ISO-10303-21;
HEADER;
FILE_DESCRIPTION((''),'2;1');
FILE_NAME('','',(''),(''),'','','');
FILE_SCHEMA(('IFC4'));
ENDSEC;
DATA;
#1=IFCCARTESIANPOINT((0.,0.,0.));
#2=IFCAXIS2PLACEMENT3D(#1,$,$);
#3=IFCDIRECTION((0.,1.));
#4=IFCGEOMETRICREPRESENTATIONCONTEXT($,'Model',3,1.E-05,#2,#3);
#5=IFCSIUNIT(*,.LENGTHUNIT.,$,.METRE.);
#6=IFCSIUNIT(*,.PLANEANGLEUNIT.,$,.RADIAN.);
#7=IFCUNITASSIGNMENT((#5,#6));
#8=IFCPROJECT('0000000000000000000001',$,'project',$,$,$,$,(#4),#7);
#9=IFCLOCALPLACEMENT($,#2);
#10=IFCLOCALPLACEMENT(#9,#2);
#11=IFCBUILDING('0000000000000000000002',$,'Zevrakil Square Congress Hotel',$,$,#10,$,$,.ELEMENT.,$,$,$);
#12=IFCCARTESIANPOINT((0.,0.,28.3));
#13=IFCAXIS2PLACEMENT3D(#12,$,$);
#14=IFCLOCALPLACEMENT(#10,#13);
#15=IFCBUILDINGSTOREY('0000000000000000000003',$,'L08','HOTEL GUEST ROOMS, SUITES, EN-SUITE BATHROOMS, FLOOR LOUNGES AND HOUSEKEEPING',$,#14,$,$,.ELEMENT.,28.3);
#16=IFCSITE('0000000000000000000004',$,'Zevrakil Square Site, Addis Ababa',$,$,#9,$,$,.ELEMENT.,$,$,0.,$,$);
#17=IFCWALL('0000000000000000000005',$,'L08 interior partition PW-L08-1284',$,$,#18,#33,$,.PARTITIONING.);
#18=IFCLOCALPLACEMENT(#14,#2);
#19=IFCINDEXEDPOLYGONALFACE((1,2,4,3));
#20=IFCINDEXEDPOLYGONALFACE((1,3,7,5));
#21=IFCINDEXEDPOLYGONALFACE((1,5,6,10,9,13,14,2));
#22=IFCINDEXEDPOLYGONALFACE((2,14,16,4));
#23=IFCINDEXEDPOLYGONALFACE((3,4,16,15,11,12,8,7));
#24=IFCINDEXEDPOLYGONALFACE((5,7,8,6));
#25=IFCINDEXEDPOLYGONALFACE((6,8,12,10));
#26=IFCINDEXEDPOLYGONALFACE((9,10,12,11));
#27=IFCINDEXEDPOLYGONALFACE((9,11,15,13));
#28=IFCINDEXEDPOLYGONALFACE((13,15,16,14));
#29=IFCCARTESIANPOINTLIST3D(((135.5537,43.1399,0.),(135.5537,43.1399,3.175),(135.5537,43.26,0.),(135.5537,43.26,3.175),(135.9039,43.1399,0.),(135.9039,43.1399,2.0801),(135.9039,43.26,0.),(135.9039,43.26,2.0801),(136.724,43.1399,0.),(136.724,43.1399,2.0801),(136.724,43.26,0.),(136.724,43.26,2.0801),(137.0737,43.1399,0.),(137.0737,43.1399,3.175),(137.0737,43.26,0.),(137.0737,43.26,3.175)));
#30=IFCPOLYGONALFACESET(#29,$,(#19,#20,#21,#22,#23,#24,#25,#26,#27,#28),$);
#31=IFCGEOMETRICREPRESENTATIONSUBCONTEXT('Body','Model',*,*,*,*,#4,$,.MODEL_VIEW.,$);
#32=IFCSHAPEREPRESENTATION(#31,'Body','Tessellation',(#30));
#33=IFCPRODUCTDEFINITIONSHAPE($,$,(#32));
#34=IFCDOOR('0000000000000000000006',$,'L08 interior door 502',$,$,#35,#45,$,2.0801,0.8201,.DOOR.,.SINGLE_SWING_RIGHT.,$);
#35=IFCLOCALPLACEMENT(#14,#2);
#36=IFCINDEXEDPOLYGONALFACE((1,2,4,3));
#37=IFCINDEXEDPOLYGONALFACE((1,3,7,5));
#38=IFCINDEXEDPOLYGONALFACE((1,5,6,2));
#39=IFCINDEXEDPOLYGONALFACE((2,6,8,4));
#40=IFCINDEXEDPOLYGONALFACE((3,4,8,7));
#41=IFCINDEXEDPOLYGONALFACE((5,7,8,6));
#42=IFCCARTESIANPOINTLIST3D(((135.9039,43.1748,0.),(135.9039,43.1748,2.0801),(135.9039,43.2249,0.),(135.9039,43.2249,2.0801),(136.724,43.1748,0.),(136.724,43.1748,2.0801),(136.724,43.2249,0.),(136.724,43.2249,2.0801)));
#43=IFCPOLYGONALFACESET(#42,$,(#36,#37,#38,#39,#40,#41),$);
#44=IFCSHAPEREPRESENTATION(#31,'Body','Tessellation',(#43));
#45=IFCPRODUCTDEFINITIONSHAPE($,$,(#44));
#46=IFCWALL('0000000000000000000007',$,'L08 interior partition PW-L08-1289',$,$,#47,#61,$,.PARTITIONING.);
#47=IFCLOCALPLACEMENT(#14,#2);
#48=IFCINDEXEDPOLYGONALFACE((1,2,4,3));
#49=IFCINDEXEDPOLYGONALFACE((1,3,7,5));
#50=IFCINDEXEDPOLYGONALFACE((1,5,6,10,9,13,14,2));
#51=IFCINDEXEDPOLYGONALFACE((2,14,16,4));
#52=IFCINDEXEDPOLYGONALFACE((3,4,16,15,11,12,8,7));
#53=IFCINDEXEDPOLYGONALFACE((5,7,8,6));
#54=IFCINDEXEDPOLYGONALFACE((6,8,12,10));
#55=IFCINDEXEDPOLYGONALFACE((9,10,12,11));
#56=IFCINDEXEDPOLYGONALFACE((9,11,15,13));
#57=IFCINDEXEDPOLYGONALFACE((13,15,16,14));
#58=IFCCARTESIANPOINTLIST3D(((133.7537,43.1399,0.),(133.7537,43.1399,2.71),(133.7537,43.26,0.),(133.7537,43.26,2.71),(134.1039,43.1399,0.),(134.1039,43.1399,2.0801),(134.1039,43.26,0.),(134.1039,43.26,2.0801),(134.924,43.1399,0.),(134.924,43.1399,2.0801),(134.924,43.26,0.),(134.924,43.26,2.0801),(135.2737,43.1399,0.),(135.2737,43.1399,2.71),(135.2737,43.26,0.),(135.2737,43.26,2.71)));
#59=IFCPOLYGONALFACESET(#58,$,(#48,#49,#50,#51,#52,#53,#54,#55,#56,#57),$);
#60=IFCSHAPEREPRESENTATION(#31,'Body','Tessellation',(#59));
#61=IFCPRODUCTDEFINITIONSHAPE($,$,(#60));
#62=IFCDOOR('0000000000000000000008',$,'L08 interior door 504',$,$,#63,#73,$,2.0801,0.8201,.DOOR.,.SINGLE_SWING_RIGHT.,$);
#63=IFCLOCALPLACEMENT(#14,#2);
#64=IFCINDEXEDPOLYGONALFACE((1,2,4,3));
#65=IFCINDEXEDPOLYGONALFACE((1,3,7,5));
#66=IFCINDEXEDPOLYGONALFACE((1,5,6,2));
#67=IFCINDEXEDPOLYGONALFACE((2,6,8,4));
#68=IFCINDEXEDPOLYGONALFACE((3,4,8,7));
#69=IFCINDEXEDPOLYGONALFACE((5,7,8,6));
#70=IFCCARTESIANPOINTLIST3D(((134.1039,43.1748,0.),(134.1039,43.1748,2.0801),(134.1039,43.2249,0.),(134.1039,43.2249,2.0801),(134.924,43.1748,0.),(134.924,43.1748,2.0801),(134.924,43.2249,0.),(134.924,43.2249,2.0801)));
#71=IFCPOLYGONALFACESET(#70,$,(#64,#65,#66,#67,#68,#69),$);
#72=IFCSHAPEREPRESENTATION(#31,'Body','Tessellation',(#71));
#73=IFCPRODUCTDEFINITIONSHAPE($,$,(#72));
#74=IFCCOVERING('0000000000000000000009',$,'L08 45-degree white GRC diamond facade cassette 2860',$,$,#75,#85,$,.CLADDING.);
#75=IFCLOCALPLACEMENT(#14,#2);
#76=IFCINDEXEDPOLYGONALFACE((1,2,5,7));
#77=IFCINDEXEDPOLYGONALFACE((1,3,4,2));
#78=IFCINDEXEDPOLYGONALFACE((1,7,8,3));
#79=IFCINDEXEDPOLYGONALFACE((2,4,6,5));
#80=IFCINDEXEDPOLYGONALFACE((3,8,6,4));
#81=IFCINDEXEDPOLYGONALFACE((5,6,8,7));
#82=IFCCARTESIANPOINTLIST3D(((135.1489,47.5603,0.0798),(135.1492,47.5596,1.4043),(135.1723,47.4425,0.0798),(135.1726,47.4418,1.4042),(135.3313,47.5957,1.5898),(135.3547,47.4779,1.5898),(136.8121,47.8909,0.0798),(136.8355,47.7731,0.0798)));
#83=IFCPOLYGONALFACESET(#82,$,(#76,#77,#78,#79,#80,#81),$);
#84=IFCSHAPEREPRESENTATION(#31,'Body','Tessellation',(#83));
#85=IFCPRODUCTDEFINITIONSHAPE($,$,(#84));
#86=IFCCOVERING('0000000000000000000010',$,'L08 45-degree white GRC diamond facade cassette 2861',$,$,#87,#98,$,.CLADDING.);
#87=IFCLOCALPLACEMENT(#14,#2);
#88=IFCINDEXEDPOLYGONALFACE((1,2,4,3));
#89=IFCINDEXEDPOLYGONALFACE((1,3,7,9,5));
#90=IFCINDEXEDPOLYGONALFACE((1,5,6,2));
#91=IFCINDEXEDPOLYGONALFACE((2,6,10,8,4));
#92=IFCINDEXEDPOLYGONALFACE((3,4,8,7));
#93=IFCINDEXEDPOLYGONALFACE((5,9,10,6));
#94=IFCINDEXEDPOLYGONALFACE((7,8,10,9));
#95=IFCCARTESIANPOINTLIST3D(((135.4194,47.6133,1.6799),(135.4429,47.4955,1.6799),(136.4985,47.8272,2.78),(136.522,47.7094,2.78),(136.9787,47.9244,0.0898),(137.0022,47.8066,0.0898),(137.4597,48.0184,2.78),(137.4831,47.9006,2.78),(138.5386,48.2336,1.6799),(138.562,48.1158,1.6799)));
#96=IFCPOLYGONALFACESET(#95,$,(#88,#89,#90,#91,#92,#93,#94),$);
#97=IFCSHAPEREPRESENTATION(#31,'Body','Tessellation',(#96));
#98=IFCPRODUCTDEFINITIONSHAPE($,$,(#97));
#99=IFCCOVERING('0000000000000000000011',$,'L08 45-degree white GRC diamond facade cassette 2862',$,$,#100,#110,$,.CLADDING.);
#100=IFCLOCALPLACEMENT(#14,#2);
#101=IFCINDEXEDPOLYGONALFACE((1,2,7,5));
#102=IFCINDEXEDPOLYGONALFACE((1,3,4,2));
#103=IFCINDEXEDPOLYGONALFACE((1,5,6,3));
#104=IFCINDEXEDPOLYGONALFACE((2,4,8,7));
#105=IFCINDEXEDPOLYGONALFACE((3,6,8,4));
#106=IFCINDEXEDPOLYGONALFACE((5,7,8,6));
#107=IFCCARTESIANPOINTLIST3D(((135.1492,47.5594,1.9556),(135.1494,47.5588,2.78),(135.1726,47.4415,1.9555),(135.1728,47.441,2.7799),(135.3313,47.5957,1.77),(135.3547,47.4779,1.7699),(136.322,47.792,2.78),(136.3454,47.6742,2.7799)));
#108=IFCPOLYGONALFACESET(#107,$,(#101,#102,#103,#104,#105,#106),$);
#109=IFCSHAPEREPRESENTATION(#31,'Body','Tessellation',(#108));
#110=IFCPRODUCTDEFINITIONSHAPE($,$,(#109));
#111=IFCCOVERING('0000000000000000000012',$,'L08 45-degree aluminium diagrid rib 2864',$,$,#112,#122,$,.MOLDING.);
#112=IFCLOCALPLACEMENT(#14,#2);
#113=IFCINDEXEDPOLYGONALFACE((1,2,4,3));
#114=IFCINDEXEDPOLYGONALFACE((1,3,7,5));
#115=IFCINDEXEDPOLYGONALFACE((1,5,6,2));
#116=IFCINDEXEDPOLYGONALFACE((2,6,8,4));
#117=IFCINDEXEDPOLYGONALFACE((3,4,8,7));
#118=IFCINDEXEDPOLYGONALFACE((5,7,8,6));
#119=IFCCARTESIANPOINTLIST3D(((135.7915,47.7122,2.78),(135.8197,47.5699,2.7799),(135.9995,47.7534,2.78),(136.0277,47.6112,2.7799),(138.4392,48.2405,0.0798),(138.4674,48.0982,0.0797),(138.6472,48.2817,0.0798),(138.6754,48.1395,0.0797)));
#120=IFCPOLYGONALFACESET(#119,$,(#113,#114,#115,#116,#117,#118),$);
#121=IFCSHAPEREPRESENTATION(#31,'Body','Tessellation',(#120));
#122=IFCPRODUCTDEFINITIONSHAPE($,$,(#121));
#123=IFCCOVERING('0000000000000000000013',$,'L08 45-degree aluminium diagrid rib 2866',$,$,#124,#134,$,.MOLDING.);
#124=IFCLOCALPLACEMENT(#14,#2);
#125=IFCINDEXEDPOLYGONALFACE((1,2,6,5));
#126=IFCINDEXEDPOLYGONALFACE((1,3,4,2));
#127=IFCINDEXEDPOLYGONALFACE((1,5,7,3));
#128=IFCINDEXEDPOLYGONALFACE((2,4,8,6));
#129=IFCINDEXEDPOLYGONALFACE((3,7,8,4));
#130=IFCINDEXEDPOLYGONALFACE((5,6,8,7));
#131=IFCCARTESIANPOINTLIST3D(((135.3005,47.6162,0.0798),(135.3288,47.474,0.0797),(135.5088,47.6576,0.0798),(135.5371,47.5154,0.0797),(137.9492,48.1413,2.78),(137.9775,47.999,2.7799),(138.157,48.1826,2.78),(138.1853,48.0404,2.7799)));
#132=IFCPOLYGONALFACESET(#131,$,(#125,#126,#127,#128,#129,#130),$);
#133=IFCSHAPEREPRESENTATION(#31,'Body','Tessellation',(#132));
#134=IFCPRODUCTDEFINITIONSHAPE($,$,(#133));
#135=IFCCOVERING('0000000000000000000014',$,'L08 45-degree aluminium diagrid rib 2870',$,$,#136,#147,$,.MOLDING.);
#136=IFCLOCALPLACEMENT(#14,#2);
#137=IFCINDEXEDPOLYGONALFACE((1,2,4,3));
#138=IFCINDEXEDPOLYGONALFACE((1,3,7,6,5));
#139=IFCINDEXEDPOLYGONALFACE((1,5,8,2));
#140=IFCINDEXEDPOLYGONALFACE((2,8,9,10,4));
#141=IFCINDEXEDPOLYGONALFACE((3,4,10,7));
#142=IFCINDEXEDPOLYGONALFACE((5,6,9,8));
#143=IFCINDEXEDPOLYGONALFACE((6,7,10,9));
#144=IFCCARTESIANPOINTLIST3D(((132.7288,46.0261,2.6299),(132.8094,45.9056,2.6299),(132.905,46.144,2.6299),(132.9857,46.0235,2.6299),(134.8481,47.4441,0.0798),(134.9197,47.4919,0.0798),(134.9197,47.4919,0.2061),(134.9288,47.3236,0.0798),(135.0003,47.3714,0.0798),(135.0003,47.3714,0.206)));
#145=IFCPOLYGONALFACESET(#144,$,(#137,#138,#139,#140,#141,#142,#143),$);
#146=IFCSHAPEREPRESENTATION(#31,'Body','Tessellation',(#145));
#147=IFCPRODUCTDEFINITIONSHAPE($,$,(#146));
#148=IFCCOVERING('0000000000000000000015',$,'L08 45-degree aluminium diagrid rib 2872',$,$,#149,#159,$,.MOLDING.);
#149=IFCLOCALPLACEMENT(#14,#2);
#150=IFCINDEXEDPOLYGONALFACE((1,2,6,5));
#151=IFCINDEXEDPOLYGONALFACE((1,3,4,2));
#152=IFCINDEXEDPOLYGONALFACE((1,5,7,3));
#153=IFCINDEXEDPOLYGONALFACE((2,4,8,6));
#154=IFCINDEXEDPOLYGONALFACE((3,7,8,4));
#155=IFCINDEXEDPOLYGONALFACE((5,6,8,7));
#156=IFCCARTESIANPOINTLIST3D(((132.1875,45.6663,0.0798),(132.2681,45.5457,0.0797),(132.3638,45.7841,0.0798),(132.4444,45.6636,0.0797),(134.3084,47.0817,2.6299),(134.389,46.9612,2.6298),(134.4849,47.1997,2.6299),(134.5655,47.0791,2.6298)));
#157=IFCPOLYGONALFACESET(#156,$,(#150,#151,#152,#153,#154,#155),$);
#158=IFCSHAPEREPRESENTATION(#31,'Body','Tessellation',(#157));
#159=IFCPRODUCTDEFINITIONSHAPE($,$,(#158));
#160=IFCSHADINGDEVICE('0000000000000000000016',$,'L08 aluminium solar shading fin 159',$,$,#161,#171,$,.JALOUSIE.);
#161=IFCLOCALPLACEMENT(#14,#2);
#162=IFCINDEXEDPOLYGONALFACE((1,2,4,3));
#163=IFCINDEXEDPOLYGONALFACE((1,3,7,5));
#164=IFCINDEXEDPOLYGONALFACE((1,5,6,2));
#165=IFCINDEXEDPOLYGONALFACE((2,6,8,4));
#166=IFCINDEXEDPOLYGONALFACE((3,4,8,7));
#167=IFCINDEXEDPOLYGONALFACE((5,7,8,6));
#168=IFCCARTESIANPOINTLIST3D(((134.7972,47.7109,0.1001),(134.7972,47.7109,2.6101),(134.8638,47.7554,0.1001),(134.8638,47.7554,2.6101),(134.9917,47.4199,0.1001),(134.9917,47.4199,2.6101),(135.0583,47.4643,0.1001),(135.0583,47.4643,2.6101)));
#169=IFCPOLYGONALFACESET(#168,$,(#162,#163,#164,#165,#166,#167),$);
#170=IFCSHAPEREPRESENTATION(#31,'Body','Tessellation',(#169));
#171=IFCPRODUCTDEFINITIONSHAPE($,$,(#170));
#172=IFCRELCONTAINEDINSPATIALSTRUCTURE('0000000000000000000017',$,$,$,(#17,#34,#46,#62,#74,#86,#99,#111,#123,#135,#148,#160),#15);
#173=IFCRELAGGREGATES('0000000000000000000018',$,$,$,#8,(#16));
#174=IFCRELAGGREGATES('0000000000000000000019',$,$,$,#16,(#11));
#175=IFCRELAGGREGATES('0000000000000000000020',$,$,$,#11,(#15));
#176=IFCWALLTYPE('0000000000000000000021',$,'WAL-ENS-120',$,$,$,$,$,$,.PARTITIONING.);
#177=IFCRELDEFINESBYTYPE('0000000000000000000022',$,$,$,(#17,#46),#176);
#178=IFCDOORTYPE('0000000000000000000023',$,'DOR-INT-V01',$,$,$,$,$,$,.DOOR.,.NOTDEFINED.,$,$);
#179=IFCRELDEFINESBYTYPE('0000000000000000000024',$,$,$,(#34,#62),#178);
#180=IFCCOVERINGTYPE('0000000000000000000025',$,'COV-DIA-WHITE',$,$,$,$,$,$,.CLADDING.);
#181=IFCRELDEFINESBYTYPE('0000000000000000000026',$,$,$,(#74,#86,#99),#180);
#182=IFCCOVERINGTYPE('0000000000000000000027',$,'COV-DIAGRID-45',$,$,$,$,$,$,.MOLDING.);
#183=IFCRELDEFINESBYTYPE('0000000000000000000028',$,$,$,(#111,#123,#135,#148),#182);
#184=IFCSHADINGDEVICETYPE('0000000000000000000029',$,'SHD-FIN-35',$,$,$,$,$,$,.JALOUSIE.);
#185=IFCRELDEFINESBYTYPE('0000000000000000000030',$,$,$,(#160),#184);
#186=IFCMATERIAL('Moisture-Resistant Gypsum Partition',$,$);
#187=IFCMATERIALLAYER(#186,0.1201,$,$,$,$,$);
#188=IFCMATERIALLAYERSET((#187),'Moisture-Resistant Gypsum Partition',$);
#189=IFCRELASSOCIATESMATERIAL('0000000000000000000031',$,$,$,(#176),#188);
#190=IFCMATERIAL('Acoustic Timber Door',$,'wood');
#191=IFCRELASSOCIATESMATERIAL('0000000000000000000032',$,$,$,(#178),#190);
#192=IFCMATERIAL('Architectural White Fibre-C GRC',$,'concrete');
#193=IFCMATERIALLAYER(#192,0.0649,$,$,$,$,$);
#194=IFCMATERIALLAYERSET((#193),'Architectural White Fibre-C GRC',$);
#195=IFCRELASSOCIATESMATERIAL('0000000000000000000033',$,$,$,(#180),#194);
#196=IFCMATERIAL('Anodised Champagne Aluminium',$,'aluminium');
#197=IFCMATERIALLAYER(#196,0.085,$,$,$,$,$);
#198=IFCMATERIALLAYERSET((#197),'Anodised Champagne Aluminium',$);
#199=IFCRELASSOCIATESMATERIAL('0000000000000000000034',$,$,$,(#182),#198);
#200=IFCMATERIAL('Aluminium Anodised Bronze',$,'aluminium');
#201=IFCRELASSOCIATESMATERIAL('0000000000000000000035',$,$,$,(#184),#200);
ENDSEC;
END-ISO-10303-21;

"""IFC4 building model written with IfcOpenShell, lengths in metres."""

from ifc_helpers import new_model, si_unit, direction, frame, frame_2d, origin, origin_2d, place, context, subcontext, project, spatial, polyline, rectangle, outline, extrude, material, layer, layer_set, type_object, element, fill, save


model = new_model("IFC4")

# Units and contexts
model_context = context("Model", 3, precision=1e-05, world=origin(), true_north=direction((0.0, 1.0)))
body_context = subcontext(model_context, "Body", "Model", "MODEL_VIEW")
ifc_project = project(units=[si_unit("LENGTHUNIT", "METRE"), si_unit("PLANEANGLEUNIT", "RADIAN")], contexts=[model_context])

# Site, building, storey
site_placement = place(None, origin())
site = spatial("IfcSite", under=ifc_project, at=site_placement, Name="Zevrakil Square Site, Addis Ababa", CompositionType="ELEMENT", RefElevation=0.0)
building_placement = place(site_placement, origin())
building = spatial("IfcBuilding", under=site, at=building_placement, Name="Zevrakil Square Congress Hotel", CompositionType="ELEMENT")
storey_placement = place(building_placement, frame((0.0, 0.0, 28.3)))
storey = spatial("IfcBuildingStorey", under=building, at=storey_placement, Name="L08", Description="HOTEL GUEST ROOMS, SUITES, EN-SUITE BATHROOMS, FLOOR LOUNGES AND HOUSEKEEPING", CompositionType="ELEMENT", Elevation=28.3)

# Walls, openings, doors
ifc_material_1 = material(Name="Moisture-Resistant Gypsum Partition")
ifc_layer_1 = layer(ifc_material_1, 0.1201)
ifc_layer_set_1 = layer_set([ifc_layer_1], Name="Moisture-Resistant Gypsum Partition")
wall_type = type_object("IfcWallType", Name="WAL-ENS-120", PredefinedType="PARTITIONING", material=ifc_layer_set_1)
ifc_material_2 = material(Name="Acoustic Timber Door", Category="wood")
door_type = type_object("IfcDoorType", Name="DOR-INT-V01", OperationType="NOTDEFINED", PredefinedType="DOOR", material=ifc_material_2)
wall_1_placement = place(storey_placement, frame((135.5537, 43.2, 0.0), z_axis=(0.0, 0.0, 1.0), x_axis=(1.0, 0.0, 0.0)))
wall_1 = element("IfcWall", 1, at=wall_1_placement, inside=storey, type_object=wall_type, Name="L08 interior partition PW-L08-1284", PredefinedType="PARTITIONING", context=body_context, shape_type="SweptSolid", body=[
    extrude(rectangle(XDim=1.52, YDim=0.1201, at=frame_2d((0.76, 0.0))), origin(), (0.0, 0.0, 1.0), 3.175),
])
opening_1_placement = place(wall_1_placement, frame((0.3501, 0.0, 0.0)))
opening_1 = element("IfcOpeningElement", 2, at=opening_1_placement, cuts=wall_1, PredefinedType="OPENING", context=body_context, shape_type="SweptSolid", body=[
    extrude(rectangle(XDim=0.8201, YDim=2.0801, at=frame_2d((0.4102, 1.04))), frame((0.0, 0.0701, 0.0), z_axis=(0.0, -1.0, 0.0), x_axis=(1.0, 0.0, 0.0)), (0.0, 0.0, 1.0), 0.1401),
])
door_1_placement = place(opening_1_placement, origin())
door_1 = element("IfcDoor", 3, at=door_1_placement, inside=storey, type_object=door_type, Name="L08 interior door 502", OperationType="SINGLE_SWING_RIGHT", OverallHeight=2.0801, OverallWidth=0.8201, PredefinedType="DOOR", context=body_context, shape_type="SweptSolid", body=[
    extrude(rectangle(XDim=0.8201, YDim=2.0801, at=frame_2d((0.4102, 1.04))), frame((0.0, 0.0249, 0.0), z_axis=(0.0, -1.0, 0.0), x_axis=(1.0, 0.0, 0.0)), (0.0, 0.0, 1.0), 0.05),
])
fill(opening_1, door_1)
wall_2_placement = place(storey_placement, frame((133.7537, 43.2, 0.0), z_axis=(0.0, 0.0, 1.0), x_axis=(1.0, 0.0, 0.0)))
wall_2 = element("IfcWall", 4, at=wall_2_placement, inside=storey, type_object=wall_type, Name="L08 interior partition PW-L08-1289", PredefinedType="PARTITIONING", context=body_context, shape_type="SweptSolid", body=[
    extrude(rectangle(XDim=1.52, YDim=0.1201, at=frame_2d((0.76, 0.0))), origin(), (0.0, 0.0, 1.0), 2.71),
])
opening_2_placement = place(wall_2_placement, frame((0.3501, 0.0, 0.0)))
opening_2 = element("IfcOpeningElement", 5, at=opening_2_placement, cuts=wall_2, PredefinedType="OPENING", context=body_context, shape_type="SweptSolid", body=[
    extrude(rectangle(XDim=0.8201, YDim=2.0801, at=frame_2d((0.4102, 1.04))), frame((0.0, 0.0701, 0.0), z_axis=(0.0, -1.0, 0.0), x_axis=(1.0, 0.0, 0.0)), (0.0, 0.0, 1.0), 0.1401),
])
door_2_placement = place(opening_2_placement, origin())
door_2 = element("IfcDoor", 6, at=door_2_placement, inside=storey, type_object=door_type, Name="L08 interior door 504", OperationType="SINGLE_SWING_RIGHT", OverallHeight=2.0801, OverallWidth=0.8201, PredefinedType="DOOR", context=body_context, shape_type="SweptSolid", body=[
    extrude(rectangle(XDim=0.8201, YDim=2.0801, at=frame_2d((0.4102, 1.04))), frame((0.0, 0.0249, 0.0), z_axis=(0.0, -1.0, 0.0), x_axis=(1.0, 0.0, 0.0)), (0.0, 0.0, 1.0), 0.05),
])
fill(opening_2, door_2)

# Coverings
ifc_material_3 = material(Name="Architectural White Fibre-C GRC", Category="concrete")
ifc_layer_2 = layer(ifc_material_3, 0.0649)
ifc_layer_set_2 = layer_set([ifc_layer_2], Name="Architectural White Fibre-C GRC")
covering_type_1 = type_object("IfcCoveringType", Name="COV-DIA-WHITE", PredefinedType="CLADDING", material=ifc_layer_set_2)
covering_1_placement = place(storey_placement, frame((135.3313, 47.5957, 1.5898), z_axis=(-0.194972, 0.980809, 0.000554), x_axis=(-0.69377, -0.137513, -0.706947)))
element("IfcCovering", 7, at=covering_1_placement, inside=storey, type_object=covering_type_1, Name="L08 45-degree white GRC diamond facade cassette 2860", PredefinedType="CLADDING", context=body_context, shape_type="SweptSolid", body=[
    extrude(outline(polyline([(0.0, 0.0), (0.2625, 0.0), (1.1989, -0.9366), (-0.0004, -2.1354), (0.0, 0.0)])), origin(), (0.0, 0.0, -1.0), 0.1201),
])
covering_2_placement = place(storey_placement, frame((135.4194, 47.6133, 1.6799), z_axis=(-0.195067, 0.98079, 0.000613), x_axis=(0.693429, 0.138356, -0.707116)))
element("IfcCovering", 8, at=covering_2_placement, inside=storey, type_object=covering_type_1, Name="L08 45-degree white GRC diamond facade cassette 2861", PredefinedType="CLADDING", context=body_context, shape_type="SweptSolid", body=[
    extrude(outline(polyline([(0.0, 0.0), (2.2487, 0.0), (2.2487, -2.2488), (0.6929, -2.2487), (0.0, -1.5558), (0.0, 0.0)])), origin(), (0.0, 0.0, -1.0), 0.1201),
])
covering_3_placement = place(storey_placement, frame((135.3313, 47.5957, 1.77), z_axis=(-0.195041, 0.980795, 0.000675), x_axis=(0.69361, 0.137445, 0.707117)))
element("IfcCovering", 9, at=covering_3_placement, inside=storey, type_object=covering_type_1, Name="L08 45-degree white GRC diamond facade cassette 2862", PredefinedType="CLADDING", context=body_context, shape_type="SweptSolid", body=[
    extrude(outline(polyline([(0.0, 0.0), (1.4283, 0.0), (0.583, -0.8454), (-0.0001, -0.2625), (0.0, 0.0)])), origin(), (0.0, 0.0, -1.0), 0.1201),
])
ifc_material_4 = material(Name="Anodised Champagne Aluminium", Category="aluminium")
ifc_layer_3 = layer(ifc_material_4, 0.085)
ifc_layer_set_3 = layer_set([ifc_layer_3], Name="Anodised Champagne Aluminium")
covering_type_2 = type_object("IfcCoveringType", Name="COV-DIAGRID-45", PredefinedType="MOLDING", material=ifc_layer_set_3)
covering_4_placement = place(storey_placement, frame((138.4392, 48.2405, 0.0798), z_axis=(-0.194566, 0.980889, 0.001137), x_axis=(0.980889, 0.194566, 0.0)))
element("IfcCovering", 10, at=covering_4_placement, inside=storey, type_object=covering_type_2, Name="L08 45-degree aluminium diagrid rib 2864", PredefinedType="MOLDING", context=body_context, shape_type="SweptSolid", body=[
    extrude(outline(polyline([(0.0, 0.0), (0.2121, 0.0), (-2.4878, -2.7002), (-2.6999, -2.7002), (0.0, 0.0)])), origin(), (0.0, 0.0, -1.0), 0.145),
])
covering_5_placement = place(storey_placement, frame((138.157, 48.1826, 2.78), z_axis=(-0.19512, 0.980779, 0.000678), x_axis=(-0.980779, -0.19512, 0.000001)))
element("IfcCovering", 11, at=covering_5_placement, inside=storey, type_object=covering_type_2, Name="L08 45-degree aluminium diagrid rib 2866", PredefinedType="MOLDING", context=body_context, shape_type="SweptSolid", body=[
    extrude(outline(polyline([(0.0, 0.0), (0.2119, 0.0), (2.9121, -2.7002), (2.6998, -2.7002), (0.0, 0.0)])), origin(), (0.0, 0.0, -1.0), 0.145),
])
covering_6_placement = place(storey_placement, frame((134.8481, 47.4441, 0.0798), z_axis=(-0.556036, 0.831158, 0.00004), x_axis=(0.831158, 0.556036, 0.0)))
element("IfcCovering", 12, at=covering_6_placement, inside=storey, type_object=covering_type_2, Name="L08 45-degree aluminium diagrid rib 2870", PredefinedType="MOLDING", context=body_context, shape_type="SweptSolid", body=[
    extrude(outline(polyline([(0.0, 0.0), (0.0861, 0.0), (0.0861, -0.1262), (-2.3379, -2.55), (-2.55, -2.55), (0.0, 0.0)])), origin(), (0.0, 0.0, -1.0), 0.145),
])
covering_7_placement = place(storey_placement, frame((134.4849, 47.1997, 2.6299), z_axis=(-0.555762, 0.831341, 0.000772), x_axis=(-0.831342, -0.555762, 0.0)))
element("IfcCovering", 13, at=covering_7_placement, inside=storey, type_object=covering_type_2, Name="L08 45-degree aluminium diagrid rib 2872", PredefinedType="MOLDING", context=body_context, shape_type="SweptSolid", body=[
    extrude(outline(polyline([(0.0, 0.0), (0.2123, 0.0), (2.7621, -2.55), (2.5501, -2.55), (0.0, 0.0)])), origin(), (0.0, 0.0, -1.0), 0.145),
])

# Shading device
ifc_material_5 = material(Name="Aluminium Anodised Bronze", Category="aluminium")
shading_device_type = type_object("IfcShadingDeviceType", Name="SHD-FIN-35", PredefinedType="JALOUSIE", material=ifc_material_5)
shading_device_placement = place(storey_placement, frame((134.9277, 47.5876, 0.1001), z_axis=(0.0, 0.0, 1.0), x_axis=(-0.55557, 0.83147, 0.0)))
element("IfcShadingDevice", 14, at=shading_device_placement, inside=storey, type_object=shading_device_type, Name="L08 aluminium solar shading fin 159", PredefinedType="JALOUSIE", context=body_context, shape_type="SweptSolid", body=[
    extrude(rectangle(XDim=0.3501, YDim=0.0801, at=origin_2d()), origin(), (0.0, 0.0, 1.0), 2.51),
])

save(model, "model.ifc")
